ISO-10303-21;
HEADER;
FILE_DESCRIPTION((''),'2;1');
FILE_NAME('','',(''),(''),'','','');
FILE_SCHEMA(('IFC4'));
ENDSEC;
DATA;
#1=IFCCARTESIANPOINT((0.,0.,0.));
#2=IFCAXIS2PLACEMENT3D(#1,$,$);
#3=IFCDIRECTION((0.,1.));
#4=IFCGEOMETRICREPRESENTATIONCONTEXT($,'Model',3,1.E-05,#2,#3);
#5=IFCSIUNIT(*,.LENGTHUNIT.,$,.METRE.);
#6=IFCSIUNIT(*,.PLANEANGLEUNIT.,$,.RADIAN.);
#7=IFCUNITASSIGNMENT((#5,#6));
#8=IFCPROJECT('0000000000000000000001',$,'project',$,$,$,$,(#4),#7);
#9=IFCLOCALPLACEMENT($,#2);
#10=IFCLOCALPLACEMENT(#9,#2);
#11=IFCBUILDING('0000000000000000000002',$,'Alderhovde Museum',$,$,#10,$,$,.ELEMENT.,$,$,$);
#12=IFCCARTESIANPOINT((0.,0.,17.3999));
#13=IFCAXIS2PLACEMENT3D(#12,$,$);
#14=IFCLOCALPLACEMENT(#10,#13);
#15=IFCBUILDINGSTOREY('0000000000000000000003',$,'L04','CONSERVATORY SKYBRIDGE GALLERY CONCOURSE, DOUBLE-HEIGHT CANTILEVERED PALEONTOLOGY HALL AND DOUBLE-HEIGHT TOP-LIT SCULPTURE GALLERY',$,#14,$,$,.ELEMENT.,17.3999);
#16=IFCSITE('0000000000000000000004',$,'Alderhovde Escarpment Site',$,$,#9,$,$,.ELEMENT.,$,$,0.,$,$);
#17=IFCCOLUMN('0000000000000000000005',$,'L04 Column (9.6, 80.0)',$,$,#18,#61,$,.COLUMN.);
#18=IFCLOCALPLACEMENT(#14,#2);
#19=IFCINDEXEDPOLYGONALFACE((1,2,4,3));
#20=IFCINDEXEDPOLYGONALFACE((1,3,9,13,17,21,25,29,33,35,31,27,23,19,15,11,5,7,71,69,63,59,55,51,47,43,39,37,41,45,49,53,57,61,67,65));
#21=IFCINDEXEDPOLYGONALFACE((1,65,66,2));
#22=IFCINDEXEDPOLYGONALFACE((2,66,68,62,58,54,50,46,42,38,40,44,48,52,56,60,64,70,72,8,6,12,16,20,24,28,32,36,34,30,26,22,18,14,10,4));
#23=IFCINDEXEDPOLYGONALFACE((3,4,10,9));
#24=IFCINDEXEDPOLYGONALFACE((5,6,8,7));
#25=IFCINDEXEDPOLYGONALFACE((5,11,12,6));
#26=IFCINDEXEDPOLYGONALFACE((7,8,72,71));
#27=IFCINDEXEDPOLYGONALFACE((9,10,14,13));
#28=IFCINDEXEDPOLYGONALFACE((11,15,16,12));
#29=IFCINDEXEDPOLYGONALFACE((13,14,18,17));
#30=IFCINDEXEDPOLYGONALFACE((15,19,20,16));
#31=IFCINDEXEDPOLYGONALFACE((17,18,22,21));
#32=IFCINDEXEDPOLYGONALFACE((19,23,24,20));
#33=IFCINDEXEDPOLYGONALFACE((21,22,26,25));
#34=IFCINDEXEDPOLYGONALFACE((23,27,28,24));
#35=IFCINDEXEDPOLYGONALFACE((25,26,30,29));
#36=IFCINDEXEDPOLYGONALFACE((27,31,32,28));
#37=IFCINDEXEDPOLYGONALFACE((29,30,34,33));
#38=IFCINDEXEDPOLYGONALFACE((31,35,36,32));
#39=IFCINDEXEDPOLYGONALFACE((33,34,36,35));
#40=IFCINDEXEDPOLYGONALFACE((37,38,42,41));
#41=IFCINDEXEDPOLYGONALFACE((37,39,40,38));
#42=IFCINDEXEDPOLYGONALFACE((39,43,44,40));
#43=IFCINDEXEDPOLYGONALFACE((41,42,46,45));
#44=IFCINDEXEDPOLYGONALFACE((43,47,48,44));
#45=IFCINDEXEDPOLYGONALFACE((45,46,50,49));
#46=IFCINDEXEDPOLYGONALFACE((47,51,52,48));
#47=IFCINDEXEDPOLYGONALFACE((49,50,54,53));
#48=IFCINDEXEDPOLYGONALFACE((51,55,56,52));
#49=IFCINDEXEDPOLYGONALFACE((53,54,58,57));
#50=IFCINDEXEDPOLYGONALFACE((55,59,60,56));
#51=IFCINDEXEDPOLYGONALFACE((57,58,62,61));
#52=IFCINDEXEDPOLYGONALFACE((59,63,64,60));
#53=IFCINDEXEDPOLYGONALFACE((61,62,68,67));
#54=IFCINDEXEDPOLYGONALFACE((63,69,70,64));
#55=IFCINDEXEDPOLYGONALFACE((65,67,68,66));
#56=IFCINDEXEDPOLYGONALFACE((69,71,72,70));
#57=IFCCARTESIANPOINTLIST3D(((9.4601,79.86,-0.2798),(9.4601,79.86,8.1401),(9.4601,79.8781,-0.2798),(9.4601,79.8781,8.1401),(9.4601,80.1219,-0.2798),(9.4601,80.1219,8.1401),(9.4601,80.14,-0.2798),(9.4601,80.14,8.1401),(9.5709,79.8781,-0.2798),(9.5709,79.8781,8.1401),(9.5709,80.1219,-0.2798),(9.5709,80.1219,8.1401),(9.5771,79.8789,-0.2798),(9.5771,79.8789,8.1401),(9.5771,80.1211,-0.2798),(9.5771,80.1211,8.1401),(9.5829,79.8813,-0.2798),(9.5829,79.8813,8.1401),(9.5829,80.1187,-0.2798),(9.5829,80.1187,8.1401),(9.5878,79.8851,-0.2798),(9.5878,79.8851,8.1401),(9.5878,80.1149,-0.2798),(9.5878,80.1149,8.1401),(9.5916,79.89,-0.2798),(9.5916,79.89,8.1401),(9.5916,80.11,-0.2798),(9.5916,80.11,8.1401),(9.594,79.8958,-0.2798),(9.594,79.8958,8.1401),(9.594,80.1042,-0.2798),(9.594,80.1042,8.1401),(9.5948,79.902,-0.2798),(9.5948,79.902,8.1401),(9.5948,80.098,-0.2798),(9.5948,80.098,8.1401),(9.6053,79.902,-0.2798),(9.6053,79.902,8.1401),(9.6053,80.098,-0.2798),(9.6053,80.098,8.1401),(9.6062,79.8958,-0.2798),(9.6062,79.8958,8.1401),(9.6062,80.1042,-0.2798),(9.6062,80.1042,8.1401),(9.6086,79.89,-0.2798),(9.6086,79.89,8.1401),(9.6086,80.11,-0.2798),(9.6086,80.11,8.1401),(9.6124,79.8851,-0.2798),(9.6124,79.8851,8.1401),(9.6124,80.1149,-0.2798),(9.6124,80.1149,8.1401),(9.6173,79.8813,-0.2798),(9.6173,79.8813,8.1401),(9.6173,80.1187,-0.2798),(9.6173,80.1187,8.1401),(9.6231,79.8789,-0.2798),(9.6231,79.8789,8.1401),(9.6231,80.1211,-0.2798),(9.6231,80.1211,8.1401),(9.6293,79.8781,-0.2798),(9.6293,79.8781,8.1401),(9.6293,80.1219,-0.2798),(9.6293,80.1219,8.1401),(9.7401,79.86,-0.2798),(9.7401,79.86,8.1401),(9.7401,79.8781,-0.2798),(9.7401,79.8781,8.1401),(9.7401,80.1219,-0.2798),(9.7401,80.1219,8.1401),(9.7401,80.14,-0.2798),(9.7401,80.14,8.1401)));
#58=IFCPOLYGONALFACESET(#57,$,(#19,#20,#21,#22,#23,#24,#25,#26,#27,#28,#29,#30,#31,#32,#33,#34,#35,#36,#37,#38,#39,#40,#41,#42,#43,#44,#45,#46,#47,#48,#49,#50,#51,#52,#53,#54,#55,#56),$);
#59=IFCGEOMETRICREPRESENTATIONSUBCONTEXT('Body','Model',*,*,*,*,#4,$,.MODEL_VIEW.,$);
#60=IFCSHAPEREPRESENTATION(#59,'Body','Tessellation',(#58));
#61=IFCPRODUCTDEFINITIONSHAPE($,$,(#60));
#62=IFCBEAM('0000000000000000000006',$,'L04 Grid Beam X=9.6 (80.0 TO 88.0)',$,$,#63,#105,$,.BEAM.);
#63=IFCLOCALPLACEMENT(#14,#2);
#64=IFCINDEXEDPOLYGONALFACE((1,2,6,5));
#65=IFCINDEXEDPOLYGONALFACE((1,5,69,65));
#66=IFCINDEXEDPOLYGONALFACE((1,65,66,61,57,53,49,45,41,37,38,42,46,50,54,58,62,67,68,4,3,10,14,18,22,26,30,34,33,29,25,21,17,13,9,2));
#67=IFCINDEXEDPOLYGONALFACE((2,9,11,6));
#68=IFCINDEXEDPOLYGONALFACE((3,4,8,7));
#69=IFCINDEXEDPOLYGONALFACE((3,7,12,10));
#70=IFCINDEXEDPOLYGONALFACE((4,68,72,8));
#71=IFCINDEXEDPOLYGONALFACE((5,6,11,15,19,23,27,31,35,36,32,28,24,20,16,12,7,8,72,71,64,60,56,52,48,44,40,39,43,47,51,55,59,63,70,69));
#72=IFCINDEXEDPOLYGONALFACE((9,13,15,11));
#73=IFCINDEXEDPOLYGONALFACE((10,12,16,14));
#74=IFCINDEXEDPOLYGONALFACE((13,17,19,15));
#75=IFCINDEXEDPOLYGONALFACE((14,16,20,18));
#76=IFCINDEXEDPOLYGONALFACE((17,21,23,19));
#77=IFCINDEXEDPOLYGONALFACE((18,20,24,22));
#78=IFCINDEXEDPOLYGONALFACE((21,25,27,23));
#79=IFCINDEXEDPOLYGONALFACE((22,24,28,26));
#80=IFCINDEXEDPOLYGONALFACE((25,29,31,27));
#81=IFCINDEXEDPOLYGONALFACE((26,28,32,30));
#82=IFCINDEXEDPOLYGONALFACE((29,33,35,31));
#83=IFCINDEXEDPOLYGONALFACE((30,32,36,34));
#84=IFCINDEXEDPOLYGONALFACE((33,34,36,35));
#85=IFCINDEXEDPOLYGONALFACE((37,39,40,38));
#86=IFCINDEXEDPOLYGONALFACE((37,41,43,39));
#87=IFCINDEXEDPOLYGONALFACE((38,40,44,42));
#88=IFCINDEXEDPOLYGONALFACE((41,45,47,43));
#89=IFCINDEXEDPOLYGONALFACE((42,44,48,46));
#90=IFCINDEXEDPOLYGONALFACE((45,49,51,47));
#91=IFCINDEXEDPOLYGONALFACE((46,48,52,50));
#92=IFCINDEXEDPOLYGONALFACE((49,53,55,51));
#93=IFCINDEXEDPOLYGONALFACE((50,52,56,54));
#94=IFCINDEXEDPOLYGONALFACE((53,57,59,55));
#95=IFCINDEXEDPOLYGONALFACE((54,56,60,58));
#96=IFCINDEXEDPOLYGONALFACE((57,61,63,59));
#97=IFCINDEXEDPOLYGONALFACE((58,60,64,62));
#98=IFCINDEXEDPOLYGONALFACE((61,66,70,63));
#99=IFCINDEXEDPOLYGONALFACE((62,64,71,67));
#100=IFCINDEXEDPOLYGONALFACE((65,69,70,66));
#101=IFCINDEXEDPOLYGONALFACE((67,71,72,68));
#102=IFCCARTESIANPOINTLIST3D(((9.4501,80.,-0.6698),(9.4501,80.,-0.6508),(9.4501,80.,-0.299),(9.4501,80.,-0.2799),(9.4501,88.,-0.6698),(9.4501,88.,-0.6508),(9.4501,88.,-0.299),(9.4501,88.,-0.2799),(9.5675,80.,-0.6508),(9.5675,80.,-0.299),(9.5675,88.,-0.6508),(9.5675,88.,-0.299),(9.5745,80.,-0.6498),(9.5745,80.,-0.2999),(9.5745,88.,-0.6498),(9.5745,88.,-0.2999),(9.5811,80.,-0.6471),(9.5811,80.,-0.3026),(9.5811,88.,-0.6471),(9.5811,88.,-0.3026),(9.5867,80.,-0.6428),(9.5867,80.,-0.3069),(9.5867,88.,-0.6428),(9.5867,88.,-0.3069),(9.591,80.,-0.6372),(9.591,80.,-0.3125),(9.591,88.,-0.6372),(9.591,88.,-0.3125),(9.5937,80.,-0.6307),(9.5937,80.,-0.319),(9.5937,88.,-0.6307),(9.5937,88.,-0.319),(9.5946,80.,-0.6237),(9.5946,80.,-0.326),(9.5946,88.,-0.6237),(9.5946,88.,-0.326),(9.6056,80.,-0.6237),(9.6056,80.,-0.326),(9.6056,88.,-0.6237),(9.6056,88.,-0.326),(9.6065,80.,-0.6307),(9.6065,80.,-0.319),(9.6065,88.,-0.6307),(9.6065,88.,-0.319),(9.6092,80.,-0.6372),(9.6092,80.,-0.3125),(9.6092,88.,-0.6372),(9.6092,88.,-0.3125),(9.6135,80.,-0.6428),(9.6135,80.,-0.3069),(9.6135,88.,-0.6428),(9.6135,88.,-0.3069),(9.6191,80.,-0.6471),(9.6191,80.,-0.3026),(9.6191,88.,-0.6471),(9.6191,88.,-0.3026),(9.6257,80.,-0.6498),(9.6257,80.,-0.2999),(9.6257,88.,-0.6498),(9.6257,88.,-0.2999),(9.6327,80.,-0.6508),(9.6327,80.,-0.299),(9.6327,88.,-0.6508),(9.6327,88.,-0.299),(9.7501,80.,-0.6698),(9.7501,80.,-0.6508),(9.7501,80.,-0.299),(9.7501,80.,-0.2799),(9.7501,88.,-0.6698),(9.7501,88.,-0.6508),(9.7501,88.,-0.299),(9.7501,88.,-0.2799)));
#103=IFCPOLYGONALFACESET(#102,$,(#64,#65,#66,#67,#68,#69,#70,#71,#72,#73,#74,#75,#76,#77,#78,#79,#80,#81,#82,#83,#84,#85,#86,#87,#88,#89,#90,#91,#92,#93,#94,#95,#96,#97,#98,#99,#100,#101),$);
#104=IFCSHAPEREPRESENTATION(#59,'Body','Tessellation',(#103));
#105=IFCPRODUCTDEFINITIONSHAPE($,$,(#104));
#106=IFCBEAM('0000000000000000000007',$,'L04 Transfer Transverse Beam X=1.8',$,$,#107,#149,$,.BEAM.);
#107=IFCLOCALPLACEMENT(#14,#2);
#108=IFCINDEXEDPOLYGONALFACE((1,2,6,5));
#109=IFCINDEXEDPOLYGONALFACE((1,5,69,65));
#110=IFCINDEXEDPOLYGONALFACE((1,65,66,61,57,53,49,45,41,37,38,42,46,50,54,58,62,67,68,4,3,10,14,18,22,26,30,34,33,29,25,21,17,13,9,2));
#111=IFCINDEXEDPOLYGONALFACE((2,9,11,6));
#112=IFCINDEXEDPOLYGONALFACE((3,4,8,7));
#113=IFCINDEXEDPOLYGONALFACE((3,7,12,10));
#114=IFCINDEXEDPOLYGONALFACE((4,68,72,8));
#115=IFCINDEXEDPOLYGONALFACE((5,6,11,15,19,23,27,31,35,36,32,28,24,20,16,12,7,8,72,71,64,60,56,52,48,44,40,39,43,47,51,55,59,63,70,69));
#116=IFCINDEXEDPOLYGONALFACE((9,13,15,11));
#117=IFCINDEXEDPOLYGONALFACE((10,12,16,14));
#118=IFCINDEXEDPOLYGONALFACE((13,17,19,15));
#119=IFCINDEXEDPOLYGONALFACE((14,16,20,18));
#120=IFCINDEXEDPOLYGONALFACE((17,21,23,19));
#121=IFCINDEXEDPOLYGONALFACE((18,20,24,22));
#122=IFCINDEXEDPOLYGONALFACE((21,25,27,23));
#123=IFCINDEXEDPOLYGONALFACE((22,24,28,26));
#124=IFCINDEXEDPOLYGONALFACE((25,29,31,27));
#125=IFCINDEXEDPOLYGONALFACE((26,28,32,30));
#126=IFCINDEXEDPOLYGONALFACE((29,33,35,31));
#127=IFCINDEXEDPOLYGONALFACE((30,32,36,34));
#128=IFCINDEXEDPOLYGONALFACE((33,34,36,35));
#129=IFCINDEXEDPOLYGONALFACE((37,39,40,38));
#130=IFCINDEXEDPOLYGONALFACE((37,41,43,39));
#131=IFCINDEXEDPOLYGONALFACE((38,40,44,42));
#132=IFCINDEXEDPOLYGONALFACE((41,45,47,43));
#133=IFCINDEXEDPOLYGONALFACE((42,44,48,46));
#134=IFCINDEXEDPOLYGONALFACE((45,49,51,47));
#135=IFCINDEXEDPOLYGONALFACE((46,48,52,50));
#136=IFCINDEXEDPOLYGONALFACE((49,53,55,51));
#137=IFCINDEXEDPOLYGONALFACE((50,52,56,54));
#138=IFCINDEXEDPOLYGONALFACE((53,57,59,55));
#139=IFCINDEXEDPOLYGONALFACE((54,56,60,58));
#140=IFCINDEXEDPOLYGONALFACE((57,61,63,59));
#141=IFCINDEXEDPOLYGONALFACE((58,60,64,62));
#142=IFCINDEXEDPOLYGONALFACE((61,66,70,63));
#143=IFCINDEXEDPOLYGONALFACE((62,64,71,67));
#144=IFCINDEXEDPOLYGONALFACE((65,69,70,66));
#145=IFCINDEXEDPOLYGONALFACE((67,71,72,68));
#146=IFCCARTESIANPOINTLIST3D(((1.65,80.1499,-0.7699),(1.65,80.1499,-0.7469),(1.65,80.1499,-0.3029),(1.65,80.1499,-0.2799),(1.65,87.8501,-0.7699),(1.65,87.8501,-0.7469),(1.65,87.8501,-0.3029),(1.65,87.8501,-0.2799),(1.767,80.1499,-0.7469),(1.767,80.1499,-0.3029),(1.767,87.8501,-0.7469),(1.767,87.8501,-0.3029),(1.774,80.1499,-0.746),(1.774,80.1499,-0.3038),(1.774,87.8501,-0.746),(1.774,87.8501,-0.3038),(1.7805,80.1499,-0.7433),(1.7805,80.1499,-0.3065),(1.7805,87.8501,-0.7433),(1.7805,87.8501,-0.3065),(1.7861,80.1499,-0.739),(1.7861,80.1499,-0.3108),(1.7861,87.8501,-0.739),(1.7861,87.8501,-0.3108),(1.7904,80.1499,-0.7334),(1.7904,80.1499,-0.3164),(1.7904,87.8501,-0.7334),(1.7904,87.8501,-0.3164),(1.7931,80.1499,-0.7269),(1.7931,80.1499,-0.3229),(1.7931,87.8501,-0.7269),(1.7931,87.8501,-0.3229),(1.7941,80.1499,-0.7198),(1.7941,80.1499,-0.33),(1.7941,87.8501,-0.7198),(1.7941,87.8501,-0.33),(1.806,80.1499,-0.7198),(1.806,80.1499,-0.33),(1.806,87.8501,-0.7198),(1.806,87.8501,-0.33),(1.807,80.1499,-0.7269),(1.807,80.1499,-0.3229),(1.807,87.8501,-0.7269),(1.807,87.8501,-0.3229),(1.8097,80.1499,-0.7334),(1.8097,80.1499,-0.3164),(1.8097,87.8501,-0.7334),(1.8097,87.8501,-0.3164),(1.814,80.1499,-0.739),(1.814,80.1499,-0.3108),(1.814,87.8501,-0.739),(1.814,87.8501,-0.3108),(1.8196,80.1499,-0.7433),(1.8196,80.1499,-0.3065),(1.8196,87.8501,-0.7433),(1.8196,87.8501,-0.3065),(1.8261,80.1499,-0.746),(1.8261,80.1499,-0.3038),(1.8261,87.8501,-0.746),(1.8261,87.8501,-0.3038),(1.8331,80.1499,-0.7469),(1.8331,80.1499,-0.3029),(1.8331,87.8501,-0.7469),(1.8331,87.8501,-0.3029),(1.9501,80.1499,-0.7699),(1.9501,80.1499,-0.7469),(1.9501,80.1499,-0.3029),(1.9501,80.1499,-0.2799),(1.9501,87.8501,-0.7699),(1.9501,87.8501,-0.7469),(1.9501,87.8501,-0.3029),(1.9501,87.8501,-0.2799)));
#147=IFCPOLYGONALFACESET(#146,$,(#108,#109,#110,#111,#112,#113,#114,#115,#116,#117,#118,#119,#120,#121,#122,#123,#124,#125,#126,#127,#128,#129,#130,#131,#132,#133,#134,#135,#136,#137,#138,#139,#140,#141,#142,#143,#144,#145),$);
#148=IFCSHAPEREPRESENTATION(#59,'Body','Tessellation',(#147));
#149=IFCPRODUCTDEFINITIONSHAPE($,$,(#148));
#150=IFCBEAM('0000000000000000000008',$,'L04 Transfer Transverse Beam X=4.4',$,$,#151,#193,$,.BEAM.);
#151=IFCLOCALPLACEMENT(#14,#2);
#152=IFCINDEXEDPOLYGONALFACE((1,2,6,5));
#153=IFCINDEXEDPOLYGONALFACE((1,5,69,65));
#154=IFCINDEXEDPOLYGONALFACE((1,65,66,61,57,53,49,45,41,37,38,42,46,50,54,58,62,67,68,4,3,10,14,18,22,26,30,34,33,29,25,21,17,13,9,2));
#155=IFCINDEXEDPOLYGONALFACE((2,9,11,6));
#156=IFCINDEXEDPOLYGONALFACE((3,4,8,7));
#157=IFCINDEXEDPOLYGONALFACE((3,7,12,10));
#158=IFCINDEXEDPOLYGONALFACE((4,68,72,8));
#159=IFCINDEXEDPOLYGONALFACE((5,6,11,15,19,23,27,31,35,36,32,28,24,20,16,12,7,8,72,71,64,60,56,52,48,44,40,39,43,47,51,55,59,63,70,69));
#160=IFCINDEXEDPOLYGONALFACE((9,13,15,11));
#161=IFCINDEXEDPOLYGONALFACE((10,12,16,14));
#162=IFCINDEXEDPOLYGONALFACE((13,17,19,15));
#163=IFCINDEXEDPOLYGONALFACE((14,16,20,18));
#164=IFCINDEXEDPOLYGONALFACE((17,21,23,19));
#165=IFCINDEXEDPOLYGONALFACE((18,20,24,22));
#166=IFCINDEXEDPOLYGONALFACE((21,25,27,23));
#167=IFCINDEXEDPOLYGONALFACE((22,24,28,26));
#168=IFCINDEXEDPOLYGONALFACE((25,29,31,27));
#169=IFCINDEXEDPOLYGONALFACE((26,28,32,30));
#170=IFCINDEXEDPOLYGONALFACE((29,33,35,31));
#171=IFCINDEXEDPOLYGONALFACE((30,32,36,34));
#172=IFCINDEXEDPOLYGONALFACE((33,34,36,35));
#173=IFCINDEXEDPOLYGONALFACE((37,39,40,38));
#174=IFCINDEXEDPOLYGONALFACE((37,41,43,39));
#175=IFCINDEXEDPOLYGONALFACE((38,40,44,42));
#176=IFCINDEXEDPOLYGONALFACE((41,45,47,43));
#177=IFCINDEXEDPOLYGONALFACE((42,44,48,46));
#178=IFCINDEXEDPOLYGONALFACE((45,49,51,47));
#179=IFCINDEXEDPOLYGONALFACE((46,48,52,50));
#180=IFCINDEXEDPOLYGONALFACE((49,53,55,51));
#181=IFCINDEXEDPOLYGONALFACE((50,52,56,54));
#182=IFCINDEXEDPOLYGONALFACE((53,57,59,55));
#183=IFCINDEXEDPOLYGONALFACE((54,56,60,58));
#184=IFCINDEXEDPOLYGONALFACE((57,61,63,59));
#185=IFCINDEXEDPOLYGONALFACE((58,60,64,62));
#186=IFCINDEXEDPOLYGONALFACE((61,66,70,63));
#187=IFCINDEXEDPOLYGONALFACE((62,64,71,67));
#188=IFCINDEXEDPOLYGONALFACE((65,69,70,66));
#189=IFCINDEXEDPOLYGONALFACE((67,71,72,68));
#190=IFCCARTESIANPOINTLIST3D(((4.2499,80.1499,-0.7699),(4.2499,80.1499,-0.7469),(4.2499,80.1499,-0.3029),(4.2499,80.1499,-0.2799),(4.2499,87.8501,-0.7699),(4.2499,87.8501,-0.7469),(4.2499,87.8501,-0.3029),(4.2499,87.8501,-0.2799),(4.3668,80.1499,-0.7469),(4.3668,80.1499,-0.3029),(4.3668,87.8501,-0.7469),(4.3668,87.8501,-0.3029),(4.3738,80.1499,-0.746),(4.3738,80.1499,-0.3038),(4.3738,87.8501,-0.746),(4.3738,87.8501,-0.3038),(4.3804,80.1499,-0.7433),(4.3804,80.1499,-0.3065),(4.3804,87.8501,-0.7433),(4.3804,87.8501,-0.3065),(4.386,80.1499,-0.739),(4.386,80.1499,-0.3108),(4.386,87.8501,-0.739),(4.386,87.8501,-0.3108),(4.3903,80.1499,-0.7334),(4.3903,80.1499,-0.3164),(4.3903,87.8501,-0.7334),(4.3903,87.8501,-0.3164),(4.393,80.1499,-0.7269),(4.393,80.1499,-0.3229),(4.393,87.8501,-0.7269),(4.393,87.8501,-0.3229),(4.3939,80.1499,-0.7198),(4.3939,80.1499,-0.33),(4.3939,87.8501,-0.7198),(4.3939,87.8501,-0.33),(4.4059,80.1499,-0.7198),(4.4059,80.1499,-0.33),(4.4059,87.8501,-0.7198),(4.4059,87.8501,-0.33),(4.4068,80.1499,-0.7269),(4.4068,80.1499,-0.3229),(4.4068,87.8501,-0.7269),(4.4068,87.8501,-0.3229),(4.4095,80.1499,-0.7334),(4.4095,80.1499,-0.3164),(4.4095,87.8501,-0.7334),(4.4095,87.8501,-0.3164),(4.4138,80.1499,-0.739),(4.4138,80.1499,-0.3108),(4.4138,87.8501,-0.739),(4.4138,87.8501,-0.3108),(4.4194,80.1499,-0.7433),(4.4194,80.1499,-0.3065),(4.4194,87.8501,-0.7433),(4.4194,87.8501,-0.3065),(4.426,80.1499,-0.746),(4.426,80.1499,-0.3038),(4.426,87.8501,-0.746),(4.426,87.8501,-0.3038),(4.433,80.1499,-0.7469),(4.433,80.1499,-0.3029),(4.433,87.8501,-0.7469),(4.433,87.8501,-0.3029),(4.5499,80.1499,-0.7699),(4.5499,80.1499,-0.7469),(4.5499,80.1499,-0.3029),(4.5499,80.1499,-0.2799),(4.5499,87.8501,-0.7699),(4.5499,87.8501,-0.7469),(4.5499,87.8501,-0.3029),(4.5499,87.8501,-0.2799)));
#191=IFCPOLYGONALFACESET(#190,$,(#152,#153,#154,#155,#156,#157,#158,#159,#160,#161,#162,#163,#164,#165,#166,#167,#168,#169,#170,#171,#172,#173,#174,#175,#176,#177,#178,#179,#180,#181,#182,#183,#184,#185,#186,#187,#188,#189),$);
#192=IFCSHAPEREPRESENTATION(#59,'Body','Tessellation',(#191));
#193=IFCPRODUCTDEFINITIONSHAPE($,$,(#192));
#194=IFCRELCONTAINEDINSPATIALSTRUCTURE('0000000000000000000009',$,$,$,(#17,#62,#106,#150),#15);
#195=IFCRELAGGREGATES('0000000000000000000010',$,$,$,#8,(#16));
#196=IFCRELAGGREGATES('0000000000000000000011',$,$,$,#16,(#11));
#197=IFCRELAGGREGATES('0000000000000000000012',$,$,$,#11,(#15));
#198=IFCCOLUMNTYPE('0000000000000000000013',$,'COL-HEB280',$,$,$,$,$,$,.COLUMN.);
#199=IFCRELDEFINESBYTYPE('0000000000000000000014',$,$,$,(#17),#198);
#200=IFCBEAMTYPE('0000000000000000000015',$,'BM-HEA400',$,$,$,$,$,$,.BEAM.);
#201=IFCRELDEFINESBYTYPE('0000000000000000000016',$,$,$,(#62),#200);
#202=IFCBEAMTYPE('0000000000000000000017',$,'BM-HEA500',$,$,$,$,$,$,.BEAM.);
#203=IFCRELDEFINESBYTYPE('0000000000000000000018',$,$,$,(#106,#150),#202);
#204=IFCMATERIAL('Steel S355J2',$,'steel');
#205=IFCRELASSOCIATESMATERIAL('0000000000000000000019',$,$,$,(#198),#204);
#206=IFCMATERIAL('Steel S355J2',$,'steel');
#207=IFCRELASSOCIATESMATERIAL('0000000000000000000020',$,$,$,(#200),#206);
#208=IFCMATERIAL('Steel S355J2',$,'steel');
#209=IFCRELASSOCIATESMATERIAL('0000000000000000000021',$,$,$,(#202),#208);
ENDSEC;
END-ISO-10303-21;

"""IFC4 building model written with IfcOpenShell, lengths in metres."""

from ifc_helpers import new_model, si_unit, direction, frame, origin, origin_2d, place, context, subcontext, project, spatial, i_section, extrude, material, material_profile, profile_set, type_object, element, save


model = new_model("IFC4")

# Units and contexts
model_context = context("Model", 3, precision=1e-05, world=origin(), true_north=direction((0.0, 1.0)))
body_context = subcontext(model_context, "Body", "Model", "MODEL_VIEW")
ifc_project = project(units=[si_unit("LENGTHUNIT", "METRE"), si_unit("PLANEANGLEUNIT", "RADIAN")], contexts=[model_context])

# Site, building, storey
site_placement = place(None, origin())
site = spatial("IfcSite", under=ifc_project, at=site_placement, Name="Alderhovde Escarpment Site", CompositionType="ELEMENT", RefElevation=0.0)
building_placement = place(site_placement, origin())
building = spatial("IfcBuilding", under=site, at=building_placement, Name="Alderhovde Museum", CompositionType="ELEMENT")
storey_placement = place(building_placement, frame((0.0, 0.0, 17.3999)))
storey = spatial("IfcBuildingStorey", under=building, at=storey_placement, Name="L04", Description="CONSERVATORY SKYBRIDGE GALLERY CONCOURSE, DOUBLE-HEIGHT CANTILEVERED PALEONTOLOGY HALL AND DOUBLE-HEIGHT TOP-LIT SCULPTURE GALLERY", CompositionType="ELEMENT", Elevation=17.3999)

# Column
ifc_material_1 = material(Name="Steel S355J2", Category="steel")
ifc_material_profile_1 = material_profile(ifc_material_1, i_section(OverallWidth=0.28, OverallDepth=0.28, WebThickness=0.0105, FlangeThickness=0.0181, FilletRadius=0.0239, at=origin_2d()), Name="HEB 280")
ifc_profile_set_1 = profile_set([ifc_material_profile_1], Name="Steel S355J2")
column_type = type_object("IfcColumnType", Name="COL-HEB280", PredefinedType="COLUMN", material=ifc_profile_set_1)
column_placement = place(storey_placement, frame((9.6001, 80.0, -0.2798), z_axis=(0.0, 0.0, 1.0), x_axis=(1.0, 0.0, 0.0)))
element("IfcColumn", 1, at=column_placement, inside=storey, type_object=column_type, Name="L04 Column (9.6, 80.0)", PredefinedType="COLUMN", context=body_context, shape_type="SweptSolid", body=[
    extrude(i_section(OverallWidth=0.28, OverallDepth=0.28, WebThickness=0.0105, FlangeThickness=0.0181, FilletRadius=0.0239, at=origin_2d()), origin(), (0.0, 0.0, 1.0), 8.4199),
])

# Beams
ifc_material_2 = material(Name="Steel S355J2", Category="steel")
ifc_material_profile_2 = material_profile(ifc_material_2, i_section(OverallWidth=0.3, OverallDepth=0.3899, WebThickness=0.011, FlangeThickness=0.019, FilletRadius=0.0271, at=origin_2d()), Name="HEA 400")
ifc_profile_set_2 = profile_set([ifc_material_profile_2], Name="Steel S355J2")
beam_type_1 = type_object("IfcBeamType", Name="BM-HEA400", PredefinedType="BEAM", material=ifc_profile_set_2)
beam_placement = place(storey_placement, frame((9.6001, 80.0, -0.4749), z_axis=(0.0, 1.0, 0.0), x_axis=(-1.0, 0.0, 0.0)))
element("IfcBeam", 2, at=beam_placement, inside=storey, type_object=beam_type_1, Name="L04 Grid Beam X=9.6 (80.0 TO 88.0)", PredefinedType="BEAM", context=body_context, shape_type="SweptSolid", body=[
    extrude(i_section(OverallWidth=0.3, OverallDepth=0.3899, WebThickness=0.011, FlangeThickness=0.019, FilletRadius=0.0271, at=origin_2d()), origin(), (0.0, 0.0, 1.0), 8.0),
])
ifc_material_3 = material(Name="Steel S355J2", Category="steel")
ifc_material_profile_3 = material_profile(ifc_material_3, i_section(OverallWidth=0.3, OverallDepth=0.49, WebThickness=0.012, FlangeThickness=0.0229, FilletRadius=0.0271, at=origin_2d()), Name="HEA 500")
ifc_profile_set_3 = profile_set([ifc_material_profile_3], Name="Steel S355J2")
beam_type_2 = type_object("IfcBeamType", Name="BM-HEA500", PredefinedType="BEAM", material=ifc_profile_set_3)
for number, where, z_axis, x_axis, name in (
    (3, (1.8, 80.1499, -0.5249), (0.0, 1.0, 0.0), (-1.0, 0.0, 0.0), "L04 Transfer Transverse Beam X=1.8"),
    (4, (4.3999, 80.1499, -0.5249), (0.0, 1.0, 0.0), (-1.0, 0.0, 0.0), "L04 Transfer Transverse Beam X=4.4"),
):
    element("IfcBeam", number, at=place(storey_placement, frame(where, z_axis=z_axis, x_axis=x_axis)), inside=storey, type_object=beam_type_2, Name=name, PredefinedType="BEAM", context=body_context, shape_type="SweptSolid", body=[
        extrude(i_section(OverallWidth=0.3, OverallDepth=0.49, WebThickness=0.012, FlangeThickness=0.0229, FilletRadius=0.0271, at=origin_2d()), origin(), (0.0, 0.0, 1.0), 7.7002),
    ])

save(model, "model.ifc")
